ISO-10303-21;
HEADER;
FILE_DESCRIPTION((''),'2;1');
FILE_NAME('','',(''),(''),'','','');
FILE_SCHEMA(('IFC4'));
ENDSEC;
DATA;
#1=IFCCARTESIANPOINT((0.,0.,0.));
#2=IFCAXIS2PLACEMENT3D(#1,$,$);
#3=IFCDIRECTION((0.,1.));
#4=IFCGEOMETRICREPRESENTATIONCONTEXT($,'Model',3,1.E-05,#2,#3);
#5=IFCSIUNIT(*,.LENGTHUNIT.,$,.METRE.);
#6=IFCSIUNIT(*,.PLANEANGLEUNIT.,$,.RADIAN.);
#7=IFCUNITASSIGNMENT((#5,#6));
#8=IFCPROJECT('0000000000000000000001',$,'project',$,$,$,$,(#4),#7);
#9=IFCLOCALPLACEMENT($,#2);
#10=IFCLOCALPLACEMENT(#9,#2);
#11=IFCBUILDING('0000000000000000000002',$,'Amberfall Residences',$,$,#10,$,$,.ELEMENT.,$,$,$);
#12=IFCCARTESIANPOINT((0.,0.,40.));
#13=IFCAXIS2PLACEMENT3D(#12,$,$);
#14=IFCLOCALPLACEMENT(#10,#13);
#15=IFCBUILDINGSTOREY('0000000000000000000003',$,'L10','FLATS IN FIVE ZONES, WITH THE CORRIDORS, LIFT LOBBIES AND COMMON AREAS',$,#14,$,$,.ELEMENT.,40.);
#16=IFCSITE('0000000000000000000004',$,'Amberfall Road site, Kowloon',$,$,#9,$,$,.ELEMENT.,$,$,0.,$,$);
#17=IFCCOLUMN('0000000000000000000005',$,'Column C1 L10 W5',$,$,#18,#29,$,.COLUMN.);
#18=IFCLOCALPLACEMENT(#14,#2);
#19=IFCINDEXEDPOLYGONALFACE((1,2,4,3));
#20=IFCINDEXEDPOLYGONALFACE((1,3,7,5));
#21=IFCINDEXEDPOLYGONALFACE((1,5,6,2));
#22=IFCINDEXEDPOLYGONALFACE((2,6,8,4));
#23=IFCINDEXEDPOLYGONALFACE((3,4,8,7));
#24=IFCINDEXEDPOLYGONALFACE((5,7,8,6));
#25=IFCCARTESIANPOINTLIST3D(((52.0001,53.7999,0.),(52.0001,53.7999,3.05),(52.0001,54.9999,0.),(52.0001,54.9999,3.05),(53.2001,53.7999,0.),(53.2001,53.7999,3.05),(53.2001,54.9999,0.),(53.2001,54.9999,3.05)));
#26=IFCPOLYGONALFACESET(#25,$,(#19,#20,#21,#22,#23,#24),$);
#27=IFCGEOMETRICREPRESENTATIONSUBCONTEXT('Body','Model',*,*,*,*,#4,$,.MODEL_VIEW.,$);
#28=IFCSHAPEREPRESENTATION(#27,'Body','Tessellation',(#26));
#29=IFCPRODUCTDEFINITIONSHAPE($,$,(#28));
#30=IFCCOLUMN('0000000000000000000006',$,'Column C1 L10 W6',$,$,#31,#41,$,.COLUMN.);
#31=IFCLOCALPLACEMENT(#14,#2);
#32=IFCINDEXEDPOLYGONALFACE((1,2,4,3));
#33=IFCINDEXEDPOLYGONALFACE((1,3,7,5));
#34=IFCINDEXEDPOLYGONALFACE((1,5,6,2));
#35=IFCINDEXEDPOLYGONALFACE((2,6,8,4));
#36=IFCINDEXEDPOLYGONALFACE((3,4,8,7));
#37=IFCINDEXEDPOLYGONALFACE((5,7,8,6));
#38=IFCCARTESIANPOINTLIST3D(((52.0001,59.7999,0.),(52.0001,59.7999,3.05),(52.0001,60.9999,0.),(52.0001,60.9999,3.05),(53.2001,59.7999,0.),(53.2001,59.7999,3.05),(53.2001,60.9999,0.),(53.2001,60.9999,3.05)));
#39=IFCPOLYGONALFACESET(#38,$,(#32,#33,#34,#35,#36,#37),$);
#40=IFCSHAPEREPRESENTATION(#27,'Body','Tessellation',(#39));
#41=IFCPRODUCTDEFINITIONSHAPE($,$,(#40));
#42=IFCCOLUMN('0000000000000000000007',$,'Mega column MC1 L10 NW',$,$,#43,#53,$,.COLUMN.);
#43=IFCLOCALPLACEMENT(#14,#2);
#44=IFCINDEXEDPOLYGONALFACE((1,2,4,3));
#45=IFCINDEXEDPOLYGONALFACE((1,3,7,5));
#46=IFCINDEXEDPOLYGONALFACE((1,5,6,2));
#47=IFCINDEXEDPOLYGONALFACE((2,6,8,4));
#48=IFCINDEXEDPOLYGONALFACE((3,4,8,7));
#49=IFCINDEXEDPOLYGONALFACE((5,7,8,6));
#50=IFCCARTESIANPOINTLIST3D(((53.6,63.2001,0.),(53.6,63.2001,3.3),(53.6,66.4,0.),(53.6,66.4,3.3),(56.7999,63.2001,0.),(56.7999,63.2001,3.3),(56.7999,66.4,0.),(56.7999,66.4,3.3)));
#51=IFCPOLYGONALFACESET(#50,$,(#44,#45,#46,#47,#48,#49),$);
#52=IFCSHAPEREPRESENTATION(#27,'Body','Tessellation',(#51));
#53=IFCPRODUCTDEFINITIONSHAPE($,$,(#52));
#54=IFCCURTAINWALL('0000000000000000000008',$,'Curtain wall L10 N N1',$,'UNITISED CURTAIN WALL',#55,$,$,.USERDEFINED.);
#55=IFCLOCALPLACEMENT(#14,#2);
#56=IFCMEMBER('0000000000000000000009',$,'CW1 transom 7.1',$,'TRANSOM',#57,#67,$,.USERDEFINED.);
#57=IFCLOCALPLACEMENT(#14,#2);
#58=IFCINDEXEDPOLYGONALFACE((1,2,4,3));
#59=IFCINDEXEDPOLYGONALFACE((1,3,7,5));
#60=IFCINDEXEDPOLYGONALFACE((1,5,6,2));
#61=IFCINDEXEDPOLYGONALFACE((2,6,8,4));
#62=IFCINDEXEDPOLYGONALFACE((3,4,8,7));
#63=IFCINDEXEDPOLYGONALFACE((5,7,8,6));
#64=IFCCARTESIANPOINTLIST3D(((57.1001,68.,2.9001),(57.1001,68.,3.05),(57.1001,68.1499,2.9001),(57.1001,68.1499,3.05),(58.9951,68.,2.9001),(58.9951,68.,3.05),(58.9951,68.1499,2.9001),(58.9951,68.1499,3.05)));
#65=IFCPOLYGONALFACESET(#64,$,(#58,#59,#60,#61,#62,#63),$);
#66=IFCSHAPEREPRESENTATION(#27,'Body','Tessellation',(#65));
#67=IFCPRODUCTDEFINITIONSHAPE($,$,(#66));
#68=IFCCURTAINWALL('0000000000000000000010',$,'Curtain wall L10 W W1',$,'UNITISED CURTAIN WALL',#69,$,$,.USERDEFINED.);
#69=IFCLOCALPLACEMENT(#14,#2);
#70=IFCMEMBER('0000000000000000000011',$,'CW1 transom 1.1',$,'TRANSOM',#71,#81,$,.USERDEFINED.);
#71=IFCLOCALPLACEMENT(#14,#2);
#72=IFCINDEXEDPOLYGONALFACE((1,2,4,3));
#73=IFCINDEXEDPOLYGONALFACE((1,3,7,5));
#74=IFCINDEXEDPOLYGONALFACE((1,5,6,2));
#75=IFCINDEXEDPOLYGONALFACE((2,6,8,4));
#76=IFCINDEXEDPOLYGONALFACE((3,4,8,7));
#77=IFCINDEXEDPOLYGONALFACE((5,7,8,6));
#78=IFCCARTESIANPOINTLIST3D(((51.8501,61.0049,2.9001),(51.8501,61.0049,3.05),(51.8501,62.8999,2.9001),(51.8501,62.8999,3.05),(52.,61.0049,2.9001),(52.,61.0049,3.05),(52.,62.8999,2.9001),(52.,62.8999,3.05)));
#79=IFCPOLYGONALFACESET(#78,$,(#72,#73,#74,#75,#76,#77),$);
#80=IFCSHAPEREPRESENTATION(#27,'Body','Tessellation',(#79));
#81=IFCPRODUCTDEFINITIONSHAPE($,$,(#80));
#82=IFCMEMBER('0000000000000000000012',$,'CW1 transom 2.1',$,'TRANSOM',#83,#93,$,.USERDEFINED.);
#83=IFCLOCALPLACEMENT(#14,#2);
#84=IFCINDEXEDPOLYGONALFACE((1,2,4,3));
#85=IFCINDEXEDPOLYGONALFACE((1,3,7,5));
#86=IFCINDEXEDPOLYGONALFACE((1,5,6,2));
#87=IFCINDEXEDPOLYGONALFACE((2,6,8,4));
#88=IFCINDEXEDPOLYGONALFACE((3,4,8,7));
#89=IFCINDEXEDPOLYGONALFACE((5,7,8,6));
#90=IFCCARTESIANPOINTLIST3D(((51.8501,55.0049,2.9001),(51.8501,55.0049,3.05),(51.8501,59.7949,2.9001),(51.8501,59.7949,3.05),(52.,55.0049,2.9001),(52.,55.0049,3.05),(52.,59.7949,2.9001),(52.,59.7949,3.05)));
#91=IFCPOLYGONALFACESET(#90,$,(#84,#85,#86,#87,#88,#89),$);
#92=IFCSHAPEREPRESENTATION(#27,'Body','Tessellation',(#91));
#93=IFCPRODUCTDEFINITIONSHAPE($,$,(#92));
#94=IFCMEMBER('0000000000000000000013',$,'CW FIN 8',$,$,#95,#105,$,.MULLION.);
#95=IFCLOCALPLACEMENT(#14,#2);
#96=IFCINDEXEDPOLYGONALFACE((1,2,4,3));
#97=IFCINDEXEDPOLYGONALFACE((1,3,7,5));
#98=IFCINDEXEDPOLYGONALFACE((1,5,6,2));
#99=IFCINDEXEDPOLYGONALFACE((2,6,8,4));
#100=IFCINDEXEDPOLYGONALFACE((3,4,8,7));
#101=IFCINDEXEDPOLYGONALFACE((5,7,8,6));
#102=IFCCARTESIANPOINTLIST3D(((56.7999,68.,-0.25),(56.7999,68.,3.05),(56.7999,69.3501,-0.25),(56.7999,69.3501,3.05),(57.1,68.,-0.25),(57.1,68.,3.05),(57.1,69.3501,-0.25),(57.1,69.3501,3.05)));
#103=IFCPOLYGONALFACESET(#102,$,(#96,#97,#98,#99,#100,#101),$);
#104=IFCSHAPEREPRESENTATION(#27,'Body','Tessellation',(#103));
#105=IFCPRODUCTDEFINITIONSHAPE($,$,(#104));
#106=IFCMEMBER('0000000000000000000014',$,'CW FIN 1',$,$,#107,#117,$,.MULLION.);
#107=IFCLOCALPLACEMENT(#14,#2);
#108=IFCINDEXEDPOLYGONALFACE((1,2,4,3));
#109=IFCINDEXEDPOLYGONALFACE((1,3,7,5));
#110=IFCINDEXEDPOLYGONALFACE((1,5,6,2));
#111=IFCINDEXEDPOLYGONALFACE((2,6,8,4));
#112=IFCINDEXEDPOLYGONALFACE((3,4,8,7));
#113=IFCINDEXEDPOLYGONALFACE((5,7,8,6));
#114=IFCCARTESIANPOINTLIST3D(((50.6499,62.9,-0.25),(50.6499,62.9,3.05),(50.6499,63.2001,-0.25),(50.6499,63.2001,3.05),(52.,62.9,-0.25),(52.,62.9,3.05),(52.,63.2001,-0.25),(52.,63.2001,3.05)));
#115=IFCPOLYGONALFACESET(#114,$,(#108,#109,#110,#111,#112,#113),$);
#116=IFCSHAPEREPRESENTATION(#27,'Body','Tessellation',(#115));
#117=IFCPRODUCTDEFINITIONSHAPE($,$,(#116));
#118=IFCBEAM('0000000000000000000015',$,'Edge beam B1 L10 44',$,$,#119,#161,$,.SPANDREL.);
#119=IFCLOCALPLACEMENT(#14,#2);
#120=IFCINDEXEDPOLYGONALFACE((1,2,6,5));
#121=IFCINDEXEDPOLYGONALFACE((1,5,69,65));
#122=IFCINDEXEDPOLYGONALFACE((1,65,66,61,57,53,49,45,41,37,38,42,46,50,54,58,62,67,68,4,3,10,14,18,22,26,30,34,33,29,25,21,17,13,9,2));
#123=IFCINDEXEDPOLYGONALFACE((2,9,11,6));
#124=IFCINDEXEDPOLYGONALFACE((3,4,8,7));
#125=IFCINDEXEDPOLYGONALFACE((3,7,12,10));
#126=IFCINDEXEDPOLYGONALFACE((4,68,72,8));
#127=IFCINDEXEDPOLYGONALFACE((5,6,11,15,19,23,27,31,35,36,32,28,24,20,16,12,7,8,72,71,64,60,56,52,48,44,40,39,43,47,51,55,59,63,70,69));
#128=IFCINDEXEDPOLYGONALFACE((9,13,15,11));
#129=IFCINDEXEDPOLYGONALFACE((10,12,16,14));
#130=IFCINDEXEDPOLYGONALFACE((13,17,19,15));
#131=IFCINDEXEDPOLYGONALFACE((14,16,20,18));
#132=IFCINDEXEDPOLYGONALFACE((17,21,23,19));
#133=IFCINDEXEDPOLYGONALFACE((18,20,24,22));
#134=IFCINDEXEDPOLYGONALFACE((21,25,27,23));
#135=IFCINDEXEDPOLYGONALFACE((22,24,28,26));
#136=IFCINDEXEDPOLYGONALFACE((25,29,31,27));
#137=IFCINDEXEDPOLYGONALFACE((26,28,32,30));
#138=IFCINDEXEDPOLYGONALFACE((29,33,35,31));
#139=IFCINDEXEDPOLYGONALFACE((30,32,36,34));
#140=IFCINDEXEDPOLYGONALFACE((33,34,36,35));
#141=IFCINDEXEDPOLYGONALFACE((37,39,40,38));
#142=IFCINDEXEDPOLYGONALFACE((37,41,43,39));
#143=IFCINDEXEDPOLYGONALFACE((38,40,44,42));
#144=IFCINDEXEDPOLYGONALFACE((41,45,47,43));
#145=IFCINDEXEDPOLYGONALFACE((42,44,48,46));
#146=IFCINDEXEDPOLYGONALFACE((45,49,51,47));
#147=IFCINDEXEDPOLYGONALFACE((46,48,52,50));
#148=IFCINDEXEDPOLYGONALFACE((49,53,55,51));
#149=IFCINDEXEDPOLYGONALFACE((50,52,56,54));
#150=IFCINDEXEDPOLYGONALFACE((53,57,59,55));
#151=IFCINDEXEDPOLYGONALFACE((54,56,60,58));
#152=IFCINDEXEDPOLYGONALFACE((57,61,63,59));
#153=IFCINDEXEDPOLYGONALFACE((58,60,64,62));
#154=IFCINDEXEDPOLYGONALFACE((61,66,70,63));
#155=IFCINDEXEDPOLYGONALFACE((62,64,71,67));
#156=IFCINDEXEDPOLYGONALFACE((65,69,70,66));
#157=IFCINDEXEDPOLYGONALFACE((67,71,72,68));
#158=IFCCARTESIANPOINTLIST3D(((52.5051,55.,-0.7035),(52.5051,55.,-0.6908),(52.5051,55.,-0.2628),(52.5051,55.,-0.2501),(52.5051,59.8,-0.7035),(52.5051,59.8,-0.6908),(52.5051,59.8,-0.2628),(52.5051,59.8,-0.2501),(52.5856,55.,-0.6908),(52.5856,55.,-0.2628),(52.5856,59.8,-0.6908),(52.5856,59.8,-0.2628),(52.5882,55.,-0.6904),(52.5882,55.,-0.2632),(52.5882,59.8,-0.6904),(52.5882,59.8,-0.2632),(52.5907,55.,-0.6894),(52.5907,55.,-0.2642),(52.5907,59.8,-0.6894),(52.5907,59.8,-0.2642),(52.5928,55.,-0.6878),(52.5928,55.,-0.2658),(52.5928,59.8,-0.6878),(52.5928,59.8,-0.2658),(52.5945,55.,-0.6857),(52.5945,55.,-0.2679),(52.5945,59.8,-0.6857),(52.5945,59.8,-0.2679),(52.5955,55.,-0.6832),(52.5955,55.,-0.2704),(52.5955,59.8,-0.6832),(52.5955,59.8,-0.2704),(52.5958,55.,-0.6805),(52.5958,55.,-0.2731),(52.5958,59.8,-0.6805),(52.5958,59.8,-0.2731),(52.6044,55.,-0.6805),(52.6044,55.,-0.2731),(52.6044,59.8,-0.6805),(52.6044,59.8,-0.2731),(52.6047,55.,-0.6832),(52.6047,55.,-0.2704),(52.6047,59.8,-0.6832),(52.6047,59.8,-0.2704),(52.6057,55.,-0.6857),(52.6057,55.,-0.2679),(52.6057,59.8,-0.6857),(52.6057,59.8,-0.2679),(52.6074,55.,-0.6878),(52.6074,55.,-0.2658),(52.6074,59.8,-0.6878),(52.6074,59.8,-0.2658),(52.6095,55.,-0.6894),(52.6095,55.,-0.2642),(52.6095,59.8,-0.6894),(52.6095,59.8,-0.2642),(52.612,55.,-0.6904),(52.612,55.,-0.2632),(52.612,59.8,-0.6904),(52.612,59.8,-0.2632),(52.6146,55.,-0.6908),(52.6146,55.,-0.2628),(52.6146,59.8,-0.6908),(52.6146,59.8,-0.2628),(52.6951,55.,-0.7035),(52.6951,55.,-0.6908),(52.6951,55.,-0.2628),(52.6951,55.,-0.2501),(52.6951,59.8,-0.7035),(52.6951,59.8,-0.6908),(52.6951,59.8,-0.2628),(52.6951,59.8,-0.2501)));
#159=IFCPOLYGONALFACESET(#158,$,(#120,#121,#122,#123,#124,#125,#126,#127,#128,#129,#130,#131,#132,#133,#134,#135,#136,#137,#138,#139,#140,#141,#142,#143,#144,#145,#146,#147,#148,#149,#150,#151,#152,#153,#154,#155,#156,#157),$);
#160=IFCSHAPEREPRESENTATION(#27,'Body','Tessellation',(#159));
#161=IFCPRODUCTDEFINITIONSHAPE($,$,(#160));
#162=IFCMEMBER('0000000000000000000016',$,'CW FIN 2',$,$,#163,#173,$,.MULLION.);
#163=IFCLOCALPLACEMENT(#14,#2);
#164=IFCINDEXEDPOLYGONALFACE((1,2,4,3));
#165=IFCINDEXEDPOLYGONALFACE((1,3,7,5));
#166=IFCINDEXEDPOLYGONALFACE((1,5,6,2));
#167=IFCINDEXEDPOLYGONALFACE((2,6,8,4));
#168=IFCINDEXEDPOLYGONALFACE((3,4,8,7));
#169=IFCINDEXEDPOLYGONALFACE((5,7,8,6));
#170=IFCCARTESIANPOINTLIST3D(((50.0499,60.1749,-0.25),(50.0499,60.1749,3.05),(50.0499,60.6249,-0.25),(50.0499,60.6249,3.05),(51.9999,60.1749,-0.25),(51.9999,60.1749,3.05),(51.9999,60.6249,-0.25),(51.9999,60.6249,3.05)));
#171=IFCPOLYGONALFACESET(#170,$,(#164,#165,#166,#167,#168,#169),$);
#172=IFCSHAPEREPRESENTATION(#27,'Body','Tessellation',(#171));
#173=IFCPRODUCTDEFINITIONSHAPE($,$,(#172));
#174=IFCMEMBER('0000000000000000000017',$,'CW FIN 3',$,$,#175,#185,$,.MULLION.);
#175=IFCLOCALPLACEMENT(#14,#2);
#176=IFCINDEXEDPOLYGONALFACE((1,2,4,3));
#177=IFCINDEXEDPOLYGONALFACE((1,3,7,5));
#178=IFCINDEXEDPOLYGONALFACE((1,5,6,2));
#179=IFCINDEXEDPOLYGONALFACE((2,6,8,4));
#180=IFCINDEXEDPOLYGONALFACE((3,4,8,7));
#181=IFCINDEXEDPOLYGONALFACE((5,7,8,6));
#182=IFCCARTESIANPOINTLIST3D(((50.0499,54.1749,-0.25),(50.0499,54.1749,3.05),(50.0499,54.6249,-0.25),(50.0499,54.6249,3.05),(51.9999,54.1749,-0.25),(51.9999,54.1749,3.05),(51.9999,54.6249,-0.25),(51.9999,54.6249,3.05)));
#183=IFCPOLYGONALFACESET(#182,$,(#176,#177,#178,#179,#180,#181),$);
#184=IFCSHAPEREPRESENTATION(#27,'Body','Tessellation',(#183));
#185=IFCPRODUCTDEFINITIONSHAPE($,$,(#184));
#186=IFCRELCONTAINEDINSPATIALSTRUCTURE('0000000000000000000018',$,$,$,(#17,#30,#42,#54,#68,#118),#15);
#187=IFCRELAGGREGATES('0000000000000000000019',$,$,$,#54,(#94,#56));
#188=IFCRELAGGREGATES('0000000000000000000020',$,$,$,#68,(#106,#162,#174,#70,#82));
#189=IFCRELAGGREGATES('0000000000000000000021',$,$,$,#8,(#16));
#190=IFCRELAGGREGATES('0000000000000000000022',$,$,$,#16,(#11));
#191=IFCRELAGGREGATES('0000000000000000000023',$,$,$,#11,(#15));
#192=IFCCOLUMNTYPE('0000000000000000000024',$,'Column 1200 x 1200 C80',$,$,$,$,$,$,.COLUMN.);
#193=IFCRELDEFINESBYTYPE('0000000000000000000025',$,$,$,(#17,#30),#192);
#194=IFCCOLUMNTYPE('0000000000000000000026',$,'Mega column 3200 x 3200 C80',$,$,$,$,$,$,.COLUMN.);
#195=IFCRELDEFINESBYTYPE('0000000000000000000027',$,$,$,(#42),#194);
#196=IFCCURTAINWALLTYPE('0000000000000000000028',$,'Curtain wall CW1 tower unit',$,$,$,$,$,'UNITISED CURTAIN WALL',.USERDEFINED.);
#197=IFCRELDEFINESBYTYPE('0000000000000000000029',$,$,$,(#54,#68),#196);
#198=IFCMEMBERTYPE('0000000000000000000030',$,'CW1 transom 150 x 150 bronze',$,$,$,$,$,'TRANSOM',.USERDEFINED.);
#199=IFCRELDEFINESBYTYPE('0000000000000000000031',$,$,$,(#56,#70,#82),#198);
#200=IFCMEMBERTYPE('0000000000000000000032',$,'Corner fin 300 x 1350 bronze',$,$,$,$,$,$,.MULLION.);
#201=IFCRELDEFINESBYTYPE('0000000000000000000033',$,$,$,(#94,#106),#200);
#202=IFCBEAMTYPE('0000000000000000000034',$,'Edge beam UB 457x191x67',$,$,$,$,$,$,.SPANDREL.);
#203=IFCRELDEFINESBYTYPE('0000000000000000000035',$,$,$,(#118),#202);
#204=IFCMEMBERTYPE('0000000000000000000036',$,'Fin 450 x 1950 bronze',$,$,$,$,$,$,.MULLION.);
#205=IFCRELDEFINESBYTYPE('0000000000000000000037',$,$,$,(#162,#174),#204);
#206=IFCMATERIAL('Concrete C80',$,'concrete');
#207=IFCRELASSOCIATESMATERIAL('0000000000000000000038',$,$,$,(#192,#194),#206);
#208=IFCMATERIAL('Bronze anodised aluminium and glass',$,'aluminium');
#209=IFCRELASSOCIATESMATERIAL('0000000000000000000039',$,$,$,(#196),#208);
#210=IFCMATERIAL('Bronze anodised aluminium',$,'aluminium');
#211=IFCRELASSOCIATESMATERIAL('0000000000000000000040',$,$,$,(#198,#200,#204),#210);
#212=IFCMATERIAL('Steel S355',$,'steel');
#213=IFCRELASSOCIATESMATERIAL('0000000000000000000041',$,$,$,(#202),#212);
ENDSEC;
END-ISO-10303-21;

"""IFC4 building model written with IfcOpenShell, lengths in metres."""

from ifc_helpers import new_model, si_unit, direction, frame, origin, origin_2d, place, context, subcontext, project, spatial, rectangle, i_section, extrude, material, material_profile, profile_set, type_object, element, aggregate, save


model = new_model("IFC4")

# Units and contexts
model_context = context("Model", 3, precision=1e-05, world=origin(), true_north=direction((0.0, 1.0)))
body_context = subcontext(model_context, "Body", "Model", "MODEL_VIEW")
ifc_project = project(units=[si_unit("LENGTHUNIT", "METRE"), si_unit("PLANEANGLEUNIT", "RADIAN")], contexts=[model_context])

# Site, building, storey
site_placement = place(None, origin())
site = spatial("IfcSite", under=ifc_project, at=site_placement, Name="Amberfall Road site, Kowloon", CompositionType="ELEMENT", RefElevation=0.0)
building_placement = place(site_placement, origin())
building = spatial("IfcBuilding", under=site, at=building_placement, Name="Amberfall Residences", CompositionType="ELEMENT")
storey_placement = place(building_placement, frame((0.0, 0.0, 40.0)))
storey = spatial("IfcBuildingStorey", under=building, at=storey_placement, Name="L10", Description="FLATS IN FIVE ZONES, WITH THE CORRIDORS, LIFT LOBBIES AND COMMON AREAS", CompositionType="ELEMENT", Elevation=40.0)

# Columns
ifc_material_1 = material(Name="Concrete C80", Category="concrete")
ifc_material_profile_1 = material_profile(ifc_material_1, rectangle(XDim=1.2, YDim=1.2, at=origin_2d()), Name="Column 1200 x 1200 C80")
ifc_profile_set_1 = profile_set([ifc_material_profile_1], Name="Concrete C80")
column_type_1 = type_object("IfcColumnType", Name="Column 1200 x 1200 C80", PredefinedType="COLUMN", material=ifc_profile_set_1)
for number, where, z_axis, x_axis, name in (
    (1, (52.6001, 54.3999, 0.0), (0.0, 0.0, 1.0), (1.0, 0.0, 0.0), "Column C1 L10 W5"),
    (2, (52.6001, 60.3999, 0.0), (0.0, 0.0, 1.0), (1.0, 0.0, 0.0), "Column C1 L10 W6"),
):
    element("IfcColumn", number, at=place(storey_placement, frame(where, z_axis=z_axis, x_axis=x_axis)), inside=storey, type_object=column_type_1, Name=name, PredefinedType="COLUMN", context=body_context, shape_type="SweptSolid", body=[
        extrude(rectangle(XDim=1.2, YDim=1.2, at=origin_2d()), origin(), (0.0, 0.0, 1.0), 3.05),
    ])
ifc_material_profile_2 = material_profile(ifc_material_1, rectangle(XDim=3.2, YDim=3.2, at=origin_2d()), Name="Mega column 3200 x 3200 C80")
ifc_profile_set_2 = profile_set([ifc_material_profile_2], Name="Concrete C80")
column_type_2 = type_object("IfcColumnType", Name="Mega column 3200 x 3200 C80", PredefinedType="COLUMN", material=ifc_profile_set_2)
column_placement = place(storey_placement, frame((55.2, 64.8, 0.0), z_axis=(0.0, 0.0, 1.0), x_axis=(1.0, 0.0, 0.0)))
element("IfcColumn", 3, at=column_placement, inside=storey, type_object=column_type_2, Name="Mega column MC1 L10 NW", PredefinedType="COLUMN", context=body_context, shape_type="SweptSolid", body=[
    extrude(rectangle(XDim=3.2, YDim=3.2, at=origin_2d()), origin(), (0.0, 0.0, 1.0), 3.3),
])

# Curtain wall, member
ifc_material_2 = material(Name="Bronze anodised aluminium and glass", Category="aluminium")
curtain_wall_type = type_object("IfcCurtainWallType", Name="Curtain wall CW1 tower unit", ElementType="UNITISED CURTAIN WALL", PredefinedType="USERDEFINED", material=ifc_material_2)
curtain_wall_1_placement = place(storey_placement, origin())
curtain_wall_1 = element("IfcCurtainWall", 4, at=curtain_wall_1_placement, inside=storey, type_object=curtain_wall_type, Name="Curtain wall L10 N N1", ObjectType="UNITISED CURTAIN WALL", PredefinedType="USERDEFINED")
ifc_material_3 = material(Name="Bronze anodised aluminium", Category="aluminium")
ifc_material_profile_3 = material_profile(ifc_material_3, rectangle(XDim=0.1499, YDim=0.1499, at=origin_2d()), Name="CW1 transom 150 x 150 bronze")
ifc_profile_set_3 = profile_set([ifc_material_profile_3], Name="Bronze anodised aluminium")
member_type_1 = type_object("IfcMemberType", Name="CW1 transom 150 x 150 bronze", ElementType="TRANSOM", PredefinedType="USERDEFINED", material=ifc_profile_set_3)
member_1_placement = place(storey_placement, frame((58.9951, 68.075, 2.9751), z_axis=(-1.0, 0.0, 0.0), x_axis=(0.0, -1.0, 0.0)))
member_1 = element("IfcMember", 5, at=member_1_placement, type_object=member_type_1, Name="CW1 transom 7.1", ObjectType="TRANSOM", PredefinedType="USERDEFINED", context=body_context, shape_type="SweptSolid", body=[
    extrude(rectangle(XDim=0.1499, YDim=0.1499, at=origin_2d()), origin(), (0.0, 0.0, 1.0), 1.895),
])

# Curtain wall, members
curtain_wall_2_placement = place(storey_placement, origin())
curtain_wall_2 = element("IfcCurtainWall", 6, at=curtain_wall_2_placement, inside=storey, type_object=curtain_wall_type, Name="Curtain wall L10 W W1", ObjectType="UNITISED CURTAIN WALL", PredefinedType="USERDEFINED")
member_2_placement = place(storey_placement, frame((51.925, 62.8999, 2.9751), z_axis=(0.0, -1.0, 0.0), x_axis=(1.0, 0.0, 0.0)))
member_2 = element("IfcMember", 7, at=member_2_placement, type_object=member_type_1, Name="CW1 transom 1.1", ObjectType="TRANSOM", PredefinedType="USERDEFINED", context=body_context, shape_type="SweptSolid", body=[
    extrude(rectangle(XDim=0.1499, YDim=0.1499, at=origin_2d()), origin(), (0.0, 0.0, 1.0), 1.895),
])
member_3_placement = place(storey_placement, frame((51.925, 59.7949, 2.9751), z_axis=(0.0, -1.0, 0.0), x_axis=(1.0, 0.0, 0.0)))
member_3 = element("IfcMember", 8, at=member_3_placement, type_object=member_type_1, Name="CW1 transom 2.1", ObjectType="TRANSOM", PredefinedType="USERDEFINED", context=body_context, shape_type="SweptSolid", body=[
    extrude(rectangle(XDim=0.1499, YDim=0.1499, at=origin_2d()), origin(), (0.0, 0.0, 1.0), 4.79),
])

# Members
ifc_material_profile_4 = material_profile(ifc_material_3, rectangle(XDim=1.3501, YDim=0.3, at=origin_2d()), Name="Corner fin 300 x 1350 bronze")
ifc_profile_set_4 = profile_set([ifc_material_profile_4], Name="Bronze anodised aluminium")
member_type_2 = type_object("IfcMemberType", Name="Corner fin 300 x 1350 bronze", PredefinedType="MULLION", material=ifc_profile_set_4)
member_4_placement = place(storey_placement, frame((56.95, 68.675, -0.25), z_axis=(0.0, 0.0, 1.0), x_axis=(0.0, -1.0, 0.0)))
member_4 = element("IfcMember", 9, at=member_4_placement, type_object=member_type_2, Name="CW FIN 8", PredefinedType="MULLION", context=body_context, shape_type="SweptSolid", body=[
    extrude(rectangle(XDim=1.3501, YDim=0.3, at=origin_2d()), origin(), (0.0, 0.0, 1.0), 3.3),
])
member_5_placement = place(storey_placement, frame((51.325, 63.05, -0.25), z_axis=(0.0, 0.0, 1.0), x_axis=(1.0, 0.0, 0.0)))
member_5 = element("IfcMember", 10, at=member_5_placement, type_object=member_type_2, Name="CW FIN 1", PredefinedType="MULLION", context=body_context, shape_type="SweptSolid", body=[
    extrude(rectangle(XDim=1.3501, YDim=0.3, at=origin_2d()), origin(), (0.0, 0.0, 1.0), 3.3),
])

# Beam
ifc_material_4 = material(Name="Steel S355", Category="steel")
ifc_material_profile_5 = material_profile(ifc_material_4, i_section(OverallWidth=0.1899, OverallDepth=0.4534, WebThickness=0.0085, FlangeThickness=0.0127, FilletRadius=0.0103, at=origin_2d()), Name="UB 457x191x67")
ifc_profile_set_5 = profile_set([ifc_material_profile_5], Name="Steel S355")
beam_type_1 = type_object("IfcBeamType", Name="Edge beam UB 457x191x67", PredefinedType="SPANDREL", material=ifc_profile_set_5)
beam_1_placement = place(storey_placement, frame((52.6001, 55.0, -0.4768), z_axis=(0.0, 1.0, 0.0), x_axis=(-1.0, 0.0, 0.0)))
element("IfcBeam", 11, at=beam_1_placement, inside=storey, type_object=beam_type_1, Name="Edge beam B1 L10 44", PredefinedType="SPANDREL", context=body_context, shape_type="SweptSolid", body=[
    extrude(i_section(OverallWidth=0.1899, OverallDepth=0.4534, WebThickness=0.0085, FlangeThickness=0.0127, FilletRadius=0.0103, at=origin_2d()), origin(), (0.0, 0.0, 1.0), 4.8),
])

# Members
ifc_material_profile_6 = material_profile(ifc_material_3, rectangle(XDim=1.95, YDim=0.45, at=origin_2d()), Name="Fin 450 x 1950 bronze")
ifc_profile_set_6 = profile_set([ifc_material_profile_6], Name="Bronze anodised aluminium")
member_type_3 = type_object("IfcMemberType", Name="Fin 450 x 1950 bronze", PredefinedType="MULLION", material=ifc_profile_set_6)
member_6_placement = place(storey_placement, frame((51.0249, 60.3999, -0.25), z_axis=(0.0, 0.0, 1.0), x_axis=(1.0, 0.0, 0.0)))
member_6 = element("IfcMember", 12, at=member_6_placement, type_object=member_type_3, Name="CW FIN 2", PredefinedType="MULLION", context=body_context, shape_type="SweptSolid", body=[
    extrude(rectangle(XDim=1.95, YDim=0.45, at=origin_2d()), origin(), (0.0, 0.0, 1.0), 3.3),
])
member_7_placement = place(storey_placement, frame((51.0249, 54.3999, -0.25), z_axis=(0.0, 0.0, 1.0), x_axis=(1.0, 0.0, 0.0)))
member_7 = element("IfcMember", 13, at=member_7_placement, type_object=member_type_3, Name="CW FIN 3", PredefinedType="MULLION", context=body_context, shape_type="SweptSolid", body=[
    extrude(rectangle(XDim=1.95, YDim=0.45, at=origin_2d()), origin(), (0.0, 0.0, 1.0), 3.3),
])

aggregate(curtain_wall_1, [member_4, member_1])
aggregate(curtain_wall_2, [member_5, member_6, member_7, member_2, member_3])

save(model, "model.ifc")
